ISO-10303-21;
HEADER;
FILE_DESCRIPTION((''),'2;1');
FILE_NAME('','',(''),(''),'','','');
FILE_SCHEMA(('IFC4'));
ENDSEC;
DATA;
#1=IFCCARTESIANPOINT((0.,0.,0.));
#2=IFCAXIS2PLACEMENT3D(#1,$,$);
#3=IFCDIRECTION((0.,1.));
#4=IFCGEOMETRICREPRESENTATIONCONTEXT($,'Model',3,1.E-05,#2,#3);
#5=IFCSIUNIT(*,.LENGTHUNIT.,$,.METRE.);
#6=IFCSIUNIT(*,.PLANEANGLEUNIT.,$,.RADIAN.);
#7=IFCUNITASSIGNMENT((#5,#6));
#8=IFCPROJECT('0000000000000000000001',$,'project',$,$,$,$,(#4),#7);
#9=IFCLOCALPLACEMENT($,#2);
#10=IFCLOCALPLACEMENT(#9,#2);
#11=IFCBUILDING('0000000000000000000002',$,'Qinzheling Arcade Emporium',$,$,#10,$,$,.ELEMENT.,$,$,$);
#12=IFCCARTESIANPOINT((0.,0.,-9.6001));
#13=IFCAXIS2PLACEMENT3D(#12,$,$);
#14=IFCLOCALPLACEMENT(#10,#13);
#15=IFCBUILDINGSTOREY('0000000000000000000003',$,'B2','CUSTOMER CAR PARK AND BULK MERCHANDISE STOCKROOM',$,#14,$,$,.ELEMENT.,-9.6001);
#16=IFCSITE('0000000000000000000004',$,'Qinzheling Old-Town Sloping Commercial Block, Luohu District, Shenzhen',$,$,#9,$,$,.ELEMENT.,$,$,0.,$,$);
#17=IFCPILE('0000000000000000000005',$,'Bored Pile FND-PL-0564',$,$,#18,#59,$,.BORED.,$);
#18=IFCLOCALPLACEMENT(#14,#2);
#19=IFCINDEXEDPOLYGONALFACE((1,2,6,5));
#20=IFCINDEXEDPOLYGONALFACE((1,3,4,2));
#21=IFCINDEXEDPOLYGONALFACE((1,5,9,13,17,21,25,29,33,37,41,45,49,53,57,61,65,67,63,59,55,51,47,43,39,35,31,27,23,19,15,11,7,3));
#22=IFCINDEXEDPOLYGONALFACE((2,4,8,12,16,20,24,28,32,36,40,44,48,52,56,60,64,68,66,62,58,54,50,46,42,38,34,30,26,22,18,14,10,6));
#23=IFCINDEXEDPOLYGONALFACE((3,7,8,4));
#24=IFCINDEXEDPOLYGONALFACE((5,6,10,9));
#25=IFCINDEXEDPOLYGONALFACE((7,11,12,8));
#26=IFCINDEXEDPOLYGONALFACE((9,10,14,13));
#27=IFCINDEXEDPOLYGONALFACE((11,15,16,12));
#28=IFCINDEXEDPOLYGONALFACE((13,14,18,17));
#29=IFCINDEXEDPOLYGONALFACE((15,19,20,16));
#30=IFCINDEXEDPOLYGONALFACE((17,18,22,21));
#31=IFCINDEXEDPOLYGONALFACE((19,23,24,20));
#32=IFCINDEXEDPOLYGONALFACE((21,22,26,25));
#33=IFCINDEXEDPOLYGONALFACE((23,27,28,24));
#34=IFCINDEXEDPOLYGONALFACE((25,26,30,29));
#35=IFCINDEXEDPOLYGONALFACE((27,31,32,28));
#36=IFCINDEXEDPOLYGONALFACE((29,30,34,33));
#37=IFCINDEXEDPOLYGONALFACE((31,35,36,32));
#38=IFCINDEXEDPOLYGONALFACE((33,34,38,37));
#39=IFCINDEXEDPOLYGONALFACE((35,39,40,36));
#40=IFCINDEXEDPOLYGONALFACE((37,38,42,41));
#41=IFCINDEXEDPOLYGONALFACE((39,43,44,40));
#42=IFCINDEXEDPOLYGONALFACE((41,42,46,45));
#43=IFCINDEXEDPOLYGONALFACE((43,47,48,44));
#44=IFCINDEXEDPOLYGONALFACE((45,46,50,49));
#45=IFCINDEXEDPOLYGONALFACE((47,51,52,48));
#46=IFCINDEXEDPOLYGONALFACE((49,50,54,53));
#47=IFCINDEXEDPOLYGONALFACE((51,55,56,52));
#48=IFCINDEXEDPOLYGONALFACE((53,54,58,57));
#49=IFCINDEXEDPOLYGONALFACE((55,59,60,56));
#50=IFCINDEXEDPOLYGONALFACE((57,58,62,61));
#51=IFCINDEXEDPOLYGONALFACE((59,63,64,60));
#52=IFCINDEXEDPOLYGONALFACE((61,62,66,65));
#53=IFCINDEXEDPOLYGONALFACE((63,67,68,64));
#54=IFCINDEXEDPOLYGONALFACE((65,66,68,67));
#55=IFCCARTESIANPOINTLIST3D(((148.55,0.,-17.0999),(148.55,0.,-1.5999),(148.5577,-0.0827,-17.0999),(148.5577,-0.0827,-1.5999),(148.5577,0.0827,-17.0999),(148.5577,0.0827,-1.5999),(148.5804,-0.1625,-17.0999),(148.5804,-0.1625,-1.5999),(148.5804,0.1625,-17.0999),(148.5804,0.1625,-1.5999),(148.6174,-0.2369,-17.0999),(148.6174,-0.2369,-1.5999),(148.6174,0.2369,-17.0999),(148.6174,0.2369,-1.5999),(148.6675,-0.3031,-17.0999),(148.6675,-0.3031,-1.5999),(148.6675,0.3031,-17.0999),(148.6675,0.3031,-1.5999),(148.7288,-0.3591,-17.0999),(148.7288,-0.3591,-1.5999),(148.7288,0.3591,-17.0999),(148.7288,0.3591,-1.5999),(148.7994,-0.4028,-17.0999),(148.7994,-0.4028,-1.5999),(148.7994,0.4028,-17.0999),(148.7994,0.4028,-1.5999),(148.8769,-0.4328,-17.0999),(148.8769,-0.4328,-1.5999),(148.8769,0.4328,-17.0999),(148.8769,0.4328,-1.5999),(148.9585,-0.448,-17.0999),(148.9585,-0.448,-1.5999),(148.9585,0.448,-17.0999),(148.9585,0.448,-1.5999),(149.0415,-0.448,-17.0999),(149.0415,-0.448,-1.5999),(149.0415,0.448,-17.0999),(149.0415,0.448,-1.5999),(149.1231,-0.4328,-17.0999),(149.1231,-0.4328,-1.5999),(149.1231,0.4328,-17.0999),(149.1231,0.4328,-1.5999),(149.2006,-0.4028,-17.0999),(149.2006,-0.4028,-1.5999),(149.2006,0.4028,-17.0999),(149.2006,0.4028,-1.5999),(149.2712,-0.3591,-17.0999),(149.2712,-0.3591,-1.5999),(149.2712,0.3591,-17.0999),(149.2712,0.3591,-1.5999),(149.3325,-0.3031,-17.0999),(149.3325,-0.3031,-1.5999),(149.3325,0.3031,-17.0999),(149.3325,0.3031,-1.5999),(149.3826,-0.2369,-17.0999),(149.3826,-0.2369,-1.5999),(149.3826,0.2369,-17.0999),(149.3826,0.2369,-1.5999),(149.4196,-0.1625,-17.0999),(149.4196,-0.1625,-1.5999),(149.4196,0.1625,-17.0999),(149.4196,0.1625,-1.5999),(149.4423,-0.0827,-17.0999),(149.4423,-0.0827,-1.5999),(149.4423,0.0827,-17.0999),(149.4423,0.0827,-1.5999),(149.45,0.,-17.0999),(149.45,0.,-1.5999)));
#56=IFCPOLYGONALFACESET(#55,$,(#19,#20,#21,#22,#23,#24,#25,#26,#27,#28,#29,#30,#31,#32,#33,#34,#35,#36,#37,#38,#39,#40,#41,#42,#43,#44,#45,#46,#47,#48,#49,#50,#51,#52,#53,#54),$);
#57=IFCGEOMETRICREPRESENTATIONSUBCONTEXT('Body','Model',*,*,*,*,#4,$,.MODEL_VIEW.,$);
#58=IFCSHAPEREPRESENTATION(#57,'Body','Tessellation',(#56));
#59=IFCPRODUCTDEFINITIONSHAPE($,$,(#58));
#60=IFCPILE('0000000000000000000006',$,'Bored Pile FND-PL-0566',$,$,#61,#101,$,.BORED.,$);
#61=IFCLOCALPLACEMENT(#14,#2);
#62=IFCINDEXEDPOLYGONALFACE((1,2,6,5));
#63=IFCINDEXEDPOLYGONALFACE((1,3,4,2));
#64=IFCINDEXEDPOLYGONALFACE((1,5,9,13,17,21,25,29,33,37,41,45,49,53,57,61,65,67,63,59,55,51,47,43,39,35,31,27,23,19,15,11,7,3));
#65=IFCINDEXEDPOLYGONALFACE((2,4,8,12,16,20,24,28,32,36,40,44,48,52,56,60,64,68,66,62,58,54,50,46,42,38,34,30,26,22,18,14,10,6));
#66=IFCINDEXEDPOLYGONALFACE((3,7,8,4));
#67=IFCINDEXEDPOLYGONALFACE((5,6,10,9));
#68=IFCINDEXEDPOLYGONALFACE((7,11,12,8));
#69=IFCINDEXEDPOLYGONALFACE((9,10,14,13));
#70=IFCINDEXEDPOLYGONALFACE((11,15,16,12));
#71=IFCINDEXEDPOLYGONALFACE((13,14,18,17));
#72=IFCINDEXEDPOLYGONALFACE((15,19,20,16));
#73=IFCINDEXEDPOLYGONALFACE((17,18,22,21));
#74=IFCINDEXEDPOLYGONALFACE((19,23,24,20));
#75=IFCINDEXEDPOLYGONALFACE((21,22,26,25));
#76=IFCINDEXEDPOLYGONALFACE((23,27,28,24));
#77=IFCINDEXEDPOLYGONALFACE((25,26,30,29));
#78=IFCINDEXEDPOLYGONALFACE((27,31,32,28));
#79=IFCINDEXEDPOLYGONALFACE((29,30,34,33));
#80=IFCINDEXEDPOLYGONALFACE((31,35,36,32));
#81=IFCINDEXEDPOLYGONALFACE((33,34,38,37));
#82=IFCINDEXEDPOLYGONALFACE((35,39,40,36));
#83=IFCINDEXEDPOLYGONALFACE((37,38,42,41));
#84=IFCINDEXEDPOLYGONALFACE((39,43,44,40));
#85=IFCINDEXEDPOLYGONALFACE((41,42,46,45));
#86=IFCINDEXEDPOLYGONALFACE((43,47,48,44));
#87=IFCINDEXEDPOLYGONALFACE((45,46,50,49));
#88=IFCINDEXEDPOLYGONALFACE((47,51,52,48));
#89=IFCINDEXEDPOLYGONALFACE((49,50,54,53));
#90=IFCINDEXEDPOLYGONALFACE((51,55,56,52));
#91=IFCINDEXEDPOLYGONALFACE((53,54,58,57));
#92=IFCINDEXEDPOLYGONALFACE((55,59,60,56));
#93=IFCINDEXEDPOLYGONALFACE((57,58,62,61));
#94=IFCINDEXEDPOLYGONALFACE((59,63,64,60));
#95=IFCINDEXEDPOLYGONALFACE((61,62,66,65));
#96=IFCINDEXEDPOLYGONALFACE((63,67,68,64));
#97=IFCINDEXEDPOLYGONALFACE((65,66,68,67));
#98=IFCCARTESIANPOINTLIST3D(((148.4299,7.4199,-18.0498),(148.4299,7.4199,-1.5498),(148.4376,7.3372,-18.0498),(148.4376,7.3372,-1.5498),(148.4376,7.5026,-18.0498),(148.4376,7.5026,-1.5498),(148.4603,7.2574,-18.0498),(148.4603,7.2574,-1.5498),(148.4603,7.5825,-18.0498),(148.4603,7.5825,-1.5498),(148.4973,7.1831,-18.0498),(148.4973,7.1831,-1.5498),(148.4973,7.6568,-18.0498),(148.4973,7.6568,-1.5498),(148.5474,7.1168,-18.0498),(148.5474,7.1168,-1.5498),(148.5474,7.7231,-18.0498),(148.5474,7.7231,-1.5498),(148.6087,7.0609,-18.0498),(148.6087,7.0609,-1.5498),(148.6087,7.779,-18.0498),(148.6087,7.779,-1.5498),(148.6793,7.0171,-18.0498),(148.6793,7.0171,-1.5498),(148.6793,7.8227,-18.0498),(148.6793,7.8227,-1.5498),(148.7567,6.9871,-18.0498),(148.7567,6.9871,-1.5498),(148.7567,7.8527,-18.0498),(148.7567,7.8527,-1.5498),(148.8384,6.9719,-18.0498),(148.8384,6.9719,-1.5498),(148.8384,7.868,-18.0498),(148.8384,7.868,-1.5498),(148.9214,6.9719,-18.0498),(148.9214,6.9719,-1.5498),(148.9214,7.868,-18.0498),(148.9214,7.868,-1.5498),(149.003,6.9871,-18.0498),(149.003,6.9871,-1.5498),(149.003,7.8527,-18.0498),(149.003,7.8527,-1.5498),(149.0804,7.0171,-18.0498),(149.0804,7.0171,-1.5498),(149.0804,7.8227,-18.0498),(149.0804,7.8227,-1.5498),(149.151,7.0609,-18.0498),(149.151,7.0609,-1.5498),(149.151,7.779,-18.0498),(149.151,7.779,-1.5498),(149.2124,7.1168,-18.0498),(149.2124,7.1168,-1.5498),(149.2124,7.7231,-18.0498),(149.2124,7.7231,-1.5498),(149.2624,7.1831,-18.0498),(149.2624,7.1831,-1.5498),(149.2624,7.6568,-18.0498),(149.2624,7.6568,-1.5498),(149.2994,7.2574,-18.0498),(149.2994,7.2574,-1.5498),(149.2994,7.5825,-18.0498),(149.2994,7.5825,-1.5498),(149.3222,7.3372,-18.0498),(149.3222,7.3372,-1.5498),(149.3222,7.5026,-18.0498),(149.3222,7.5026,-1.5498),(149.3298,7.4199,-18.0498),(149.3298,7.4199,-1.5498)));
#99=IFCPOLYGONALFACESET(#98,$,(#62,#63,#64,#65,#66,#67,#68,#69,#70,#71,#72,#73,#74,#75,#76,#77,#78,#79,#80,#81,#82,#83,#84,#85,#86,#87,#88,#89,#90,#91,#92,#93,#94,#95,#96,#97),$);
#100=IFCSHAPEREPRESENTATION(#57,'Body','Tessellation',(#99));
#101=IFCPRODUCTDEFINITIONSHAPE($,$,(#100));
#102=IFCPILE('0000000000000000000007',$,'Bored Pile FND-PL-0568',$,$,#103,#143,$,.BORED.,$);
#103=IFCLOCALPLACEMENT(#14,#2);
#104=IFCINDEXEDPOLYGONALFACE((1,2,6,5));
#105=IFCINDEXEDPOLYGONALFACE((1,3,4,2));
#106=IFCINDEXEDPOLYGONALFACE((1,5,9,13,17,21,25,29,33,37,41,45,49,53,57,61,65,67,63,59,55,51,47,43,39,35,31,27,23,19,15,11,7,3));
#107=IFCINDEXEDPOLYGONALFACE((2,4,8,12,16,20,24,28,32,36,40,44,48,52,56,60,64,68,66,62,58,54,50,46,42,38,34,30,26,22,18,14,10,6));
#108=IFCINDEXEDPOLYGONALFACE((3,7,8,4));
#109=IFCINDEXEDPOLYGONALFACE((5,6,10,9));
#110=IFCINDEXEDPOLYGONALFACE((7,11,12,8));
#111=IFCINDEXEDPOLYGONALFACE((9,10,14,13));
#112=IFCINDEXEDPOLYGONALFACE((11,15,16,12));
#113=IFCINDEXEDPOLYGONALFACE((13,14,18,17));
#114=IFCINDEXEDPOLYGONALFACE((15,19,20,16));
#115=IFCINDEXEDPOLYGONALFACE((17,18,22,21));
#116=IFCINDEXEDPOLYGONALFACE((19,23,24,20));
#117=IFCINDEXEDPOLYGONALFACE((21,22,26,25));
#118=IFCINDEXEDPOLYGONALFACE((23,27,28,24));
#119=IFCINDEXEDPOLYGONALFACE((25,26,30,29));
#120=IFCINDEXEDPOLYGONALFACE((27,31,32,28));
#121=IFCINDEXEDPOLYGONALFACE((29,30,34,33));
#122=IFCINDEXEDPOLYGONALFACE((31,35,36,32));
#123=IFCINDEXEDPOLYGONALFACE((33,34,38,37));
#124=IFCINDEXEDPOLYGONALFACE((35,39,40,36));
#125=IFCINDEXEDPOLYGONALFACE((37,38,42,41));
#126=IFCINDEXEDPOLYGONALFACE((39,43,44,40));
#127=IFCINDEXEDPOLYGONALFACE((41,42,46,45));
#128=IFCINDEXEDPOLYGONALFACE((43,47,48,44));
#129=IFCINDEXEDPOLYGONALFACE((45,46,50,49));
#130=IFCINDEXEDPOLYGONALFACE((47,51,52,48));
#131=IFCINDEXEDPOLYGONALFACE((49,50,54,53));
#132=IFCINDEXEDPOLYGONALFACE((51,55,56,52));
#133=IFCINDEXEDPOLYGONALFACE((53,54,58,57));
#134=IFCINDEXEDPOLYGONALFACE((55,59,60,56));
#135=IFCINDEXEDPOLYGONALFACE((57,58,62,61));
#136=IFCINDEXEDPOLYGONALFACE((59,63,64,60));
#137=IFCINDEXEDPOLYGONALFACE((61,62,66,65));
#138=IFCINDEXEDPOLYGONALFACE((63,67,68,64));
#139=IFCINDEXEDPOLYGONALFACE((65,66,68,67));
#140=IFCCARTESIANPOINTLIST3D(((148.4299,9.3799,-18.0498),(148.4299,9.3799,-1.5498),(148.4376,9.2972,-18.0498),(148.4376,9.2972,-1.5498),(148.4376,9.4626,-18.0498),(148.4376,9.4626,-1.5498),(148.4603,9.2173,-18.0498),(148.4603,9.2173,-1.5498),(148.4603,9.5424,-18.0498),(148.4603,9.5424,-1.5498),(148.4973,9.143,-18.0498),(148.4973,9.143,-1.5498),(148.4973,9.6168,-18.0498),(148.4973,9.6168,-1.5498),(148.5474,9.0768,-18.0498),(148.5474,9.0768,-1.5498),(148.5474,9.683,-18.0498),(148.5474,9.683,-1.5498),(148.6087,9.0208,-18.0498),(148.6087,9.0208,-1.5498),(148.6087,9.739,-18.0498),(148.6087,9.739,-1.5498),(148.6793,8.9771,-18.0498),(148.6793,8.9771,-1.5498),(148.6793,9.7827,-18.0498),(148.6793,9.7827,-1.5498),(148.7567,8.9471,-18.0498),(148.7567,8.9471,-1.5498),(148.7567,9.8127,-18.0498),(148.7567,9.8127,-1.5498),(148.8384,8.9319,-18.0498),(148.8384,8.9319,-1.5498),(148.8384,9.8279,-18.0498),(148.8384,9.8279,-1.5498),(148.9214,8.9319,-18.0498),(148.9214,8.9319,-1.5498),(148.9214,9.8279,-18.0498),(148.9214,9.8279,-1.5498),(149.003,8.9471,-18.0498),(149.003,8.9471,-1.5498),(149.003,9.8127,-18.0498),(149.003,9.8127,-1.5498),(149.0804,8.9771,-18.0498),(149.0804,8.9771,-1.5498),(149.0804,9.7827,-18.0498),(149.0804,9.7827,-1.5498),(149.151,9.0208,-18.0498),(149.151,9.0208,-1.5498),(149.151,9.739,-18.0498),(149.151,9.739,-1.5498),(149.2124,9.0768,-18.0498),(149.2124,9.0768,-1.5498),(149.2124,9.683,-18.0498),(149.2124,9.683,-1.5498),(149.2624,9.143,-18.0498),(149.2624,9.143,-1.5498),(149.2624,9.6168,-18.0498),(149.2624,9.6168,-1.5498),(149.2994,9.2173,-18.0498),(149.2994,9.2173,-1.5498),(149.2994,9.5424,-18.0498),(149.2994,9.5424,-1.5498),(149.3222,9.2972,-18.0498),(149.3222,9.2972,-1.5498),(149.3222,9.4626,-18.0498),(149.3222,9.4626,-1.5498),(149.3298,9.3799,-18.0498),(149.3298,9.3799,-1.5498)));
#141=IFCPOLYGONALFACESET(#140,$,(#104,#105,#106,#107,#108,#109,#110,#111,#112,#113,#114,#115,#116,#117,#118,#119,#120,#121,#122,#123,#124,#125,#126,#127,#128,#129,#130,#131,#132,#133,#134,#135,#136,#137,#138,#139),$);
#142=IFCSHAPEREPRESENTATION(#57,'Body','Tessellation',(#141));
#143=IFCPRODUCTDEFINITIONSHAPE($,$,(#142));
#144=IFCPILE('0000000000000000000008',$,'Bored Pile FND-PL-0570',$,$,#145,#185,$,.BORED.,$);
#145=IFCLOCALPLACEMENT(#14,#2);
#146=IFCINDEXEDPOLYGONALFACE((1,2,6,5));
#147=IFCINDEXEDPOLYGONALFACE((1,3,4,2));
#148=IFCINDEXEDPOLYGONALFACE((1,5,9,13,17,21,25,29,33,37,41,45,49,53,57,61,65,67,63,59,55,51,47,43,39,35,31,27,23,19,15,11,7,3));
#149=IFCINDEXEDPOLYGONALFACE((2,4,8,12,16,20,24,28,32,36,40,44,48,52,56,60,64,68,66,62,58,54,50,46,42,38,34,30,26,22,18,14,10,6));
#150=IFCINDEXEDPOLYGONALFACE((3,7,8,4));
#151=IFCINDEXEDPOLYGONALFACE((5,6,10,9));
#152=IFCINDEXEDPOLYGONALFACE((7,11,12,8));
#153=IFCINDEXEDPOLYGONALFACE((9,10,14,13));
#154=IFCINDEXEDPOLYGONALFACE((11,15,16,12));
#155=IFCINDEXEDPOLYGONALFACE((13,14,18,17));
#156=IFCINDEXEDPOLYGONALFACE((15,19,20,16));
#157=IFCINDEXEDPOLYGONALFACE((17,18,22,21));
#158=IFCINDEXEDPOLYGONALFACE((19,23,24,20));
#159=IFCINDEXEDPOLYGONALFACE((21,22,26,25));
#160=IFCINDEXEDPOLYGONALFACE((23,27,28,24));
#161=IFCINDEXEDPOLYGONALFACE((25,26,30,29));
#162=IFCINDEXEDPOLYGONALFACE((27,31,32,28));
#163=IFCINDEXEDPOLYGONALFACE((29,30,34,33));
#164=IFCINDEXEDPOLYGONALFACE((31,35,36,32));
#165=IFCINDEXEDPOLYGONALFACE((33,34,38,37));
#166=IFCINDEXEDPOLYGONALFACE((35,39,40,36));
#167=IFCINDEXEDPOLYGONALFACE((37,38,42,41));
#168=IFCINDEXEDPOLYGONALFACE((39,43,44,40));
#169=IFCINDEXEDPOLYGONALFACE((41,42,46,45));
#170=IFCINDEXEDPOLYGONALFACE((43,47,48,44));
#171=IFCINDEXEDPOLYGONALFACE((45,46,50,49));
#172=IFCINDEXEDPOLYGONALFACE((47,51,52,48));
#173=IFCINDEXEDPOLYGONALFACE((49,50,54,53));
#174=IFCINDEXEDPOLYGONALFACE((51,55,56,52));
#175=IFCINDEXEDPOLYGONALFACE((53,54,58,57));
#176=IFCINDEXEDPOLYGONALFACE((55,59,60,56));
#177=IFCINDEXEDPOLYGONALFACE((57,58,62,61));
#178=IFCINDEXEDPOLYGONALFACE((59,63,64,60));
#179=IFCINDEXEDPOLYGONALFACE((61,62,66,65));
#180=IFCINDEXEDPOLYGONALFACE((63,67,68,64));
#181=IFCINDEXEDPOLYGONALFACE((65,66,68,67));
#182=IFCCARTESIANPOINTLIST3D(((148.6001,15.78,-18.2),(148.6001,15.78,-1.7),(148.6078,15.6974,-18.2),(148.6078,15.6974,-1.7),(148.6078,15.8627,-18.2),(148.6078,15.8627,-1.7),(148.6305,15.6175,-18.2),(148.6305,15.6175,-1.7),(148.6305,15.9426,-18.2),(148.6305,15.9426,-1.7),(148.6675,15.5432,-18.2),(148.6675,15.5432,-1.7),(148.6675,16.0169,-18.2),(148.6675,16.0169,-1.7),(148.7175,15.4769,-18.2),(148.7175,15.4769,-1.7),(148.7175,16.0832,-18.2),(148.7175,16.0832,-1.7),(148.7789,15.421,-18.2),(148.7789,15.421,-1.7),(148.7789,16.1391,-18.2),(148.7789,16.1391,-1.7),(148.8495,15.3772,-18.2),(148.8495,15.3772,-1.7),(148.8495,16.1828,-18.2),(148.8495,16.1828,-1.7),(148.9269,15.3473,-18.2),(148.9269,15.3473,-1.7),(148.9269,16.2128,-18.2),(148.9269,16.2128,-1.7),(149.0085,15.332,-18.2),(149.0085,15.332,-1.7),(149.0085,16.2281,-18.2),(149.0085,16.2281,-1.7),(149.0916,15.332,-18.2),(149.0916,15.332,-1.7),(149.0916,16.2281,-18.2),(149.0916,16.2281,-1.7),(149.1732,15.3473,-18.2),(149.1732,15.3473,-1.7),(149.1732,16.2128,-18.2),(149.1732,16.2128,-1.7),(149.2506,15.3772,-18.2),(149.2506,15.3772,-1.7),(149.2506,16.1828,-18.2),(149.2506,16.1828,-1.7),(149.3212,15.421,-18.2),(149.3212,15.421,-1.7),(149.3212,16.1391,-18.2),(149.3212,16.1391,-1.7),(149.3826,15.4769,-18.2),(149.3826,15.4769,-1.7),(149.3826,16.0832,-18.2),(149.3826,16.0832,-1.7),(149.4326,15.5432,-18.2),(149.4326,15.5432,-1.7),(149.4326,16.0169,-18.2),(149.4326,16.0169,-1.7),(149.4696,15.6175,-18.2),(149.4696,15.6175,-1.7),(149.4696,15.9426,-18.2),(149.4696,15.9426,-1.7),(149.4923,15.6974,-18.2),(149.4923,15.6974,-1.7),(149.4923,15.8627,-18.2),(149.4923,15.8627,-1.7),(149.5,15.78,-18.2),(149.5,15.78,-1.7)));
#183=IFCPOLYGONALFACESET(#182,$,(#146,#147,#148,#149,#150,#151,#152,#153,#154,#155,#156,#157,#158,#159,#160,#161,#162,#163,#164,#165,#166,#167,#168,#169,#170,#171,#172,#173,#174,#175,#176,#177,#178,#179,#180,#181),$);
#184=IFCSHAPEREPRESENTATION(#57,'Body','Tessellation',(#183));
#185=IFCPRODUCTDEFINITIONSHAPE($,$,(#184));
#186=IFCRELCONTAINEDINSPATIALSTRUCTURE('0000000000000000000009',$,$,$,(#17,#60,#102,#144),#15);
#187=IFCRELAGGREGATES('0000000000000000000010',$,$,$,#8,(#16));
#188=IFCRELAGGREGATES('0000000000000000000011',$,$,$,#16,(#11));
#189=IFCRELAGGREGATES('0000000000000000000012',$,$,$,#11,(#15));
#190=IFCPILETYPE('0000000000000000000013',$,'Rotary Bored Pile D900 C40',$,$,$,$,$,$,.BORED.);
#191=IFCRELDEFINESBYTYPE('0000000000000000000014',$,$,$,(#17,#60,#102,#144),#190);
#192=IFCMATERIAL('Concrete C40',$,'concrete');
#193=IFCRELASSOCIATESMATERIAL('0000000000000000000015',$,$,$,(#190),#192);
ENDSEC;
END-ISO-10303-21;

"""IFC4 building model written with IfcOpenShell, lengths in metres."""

from ifc_helpers import new_model, si_unit, direction, frame, origin, origin_2d, place, context, subcontext, project, spatial, circle, extrude, material, material_profile, profile_set, type_object, element, save


model = new_model("IFC4")

# Units and contexts
model_context = context("Model", 3, precision=1e-05, world=origin(), true_north=direction((0.0, 1.0)))
body_context = subcontext(model_context, "Body", "Model", "MODEL_VIEW")
ifc_project = project(units=[si_unit("LENGTHUNIT", "METRE"), si_unit("PLANEANGLEUNIT", "RADIAN")], contexts=[model_context])

# Site, building, storey
site_placement = place(None, origin())
site = spatial("IfcSite", under=ifc_project, at=site_placement, Name="Qinzheling Old-Town Sloping Commercial Block, Luohu District, Shenzhen", CompositionType="ELEMENT", RefElevation=0.0)
building_placement = place(site_placement, origin())
building = spatial("IfcBuilding", under=site, at=building_placement, Name="Qinzheling Arcade Emporium", CompositionType="ELEMENT")
storey_placement = place(building_placement, frame((0.0, 0.0, -9.6001)))
storey = spatial("IfcBuildingStorey", under=building, at=storey_placement, Name="B2", Description="CUSTOMER CAR PARK AND BULK MERCHANDISE STOCKROOM", CompositionType="ELEMENT", Elevation=-9.6001)

# Shared definitions
ifc_material_1 = material(Name="Concrete C40", Category="concrete")

# Piles
ifc_material_profile_1 = material_profile(ifc_material_1, circle(Radius=0.45, at=origin_2d()), Name="BORED D900", Category="concrete")
ifc_profile_set_1 = profile_set([ifc_material_profile_1], Name="Concrete C40")
pile_type = type_object("IfcPileType", Name="Rotary Bored Pile D900 C40", PredefinedType="BORED", material=ifc_profile_set_1)
pile_placement = place(storey_placement, frame((149.0, 0.0, -1.5999), z_axis=(0.0, 0.0, -1.0), x_axis=(1.0, 0.0, 0.0)))
element("IfcPile", 1, at=pile_placement, inside=storey, type_object=pile_type, Name="Bored Pile FND-PL-0564", PredefinedType="BORED", context=body_context, shape_type="SweptSolid", body=[
    extrude(circle(Radius=0.45, at=origin_2d()), origin(), (0.0, 0.0, 1.0), 15.5),
])
for number, where, z_axis, x_axis, name in (
    (2, (148.8799, 7.4199, -1.5498), (0.0, 0.0, -1.0), (1.0, 0.0, 0.0), "Bored Pile FND-PL-0566"),
    (3, (148.8799, 9.3799, -1.5498), (0.0, 0.0, -1.0), (1.0, 0.0, 0.0), "Bored Pile FND-PL-0568"),
    (4, (149.05, 15.78, -1.7), (0.0, 0.0, -1.0), (1.0, 0.0, 0.0), "Bored Pile FND-PL-0570"),
):
    element("IfcPile", number, at=place(storey_placement, frame(where, z_axis=z_axis, x_axis=x_axis)), inside=storey, type_object=pile_type, Name=name, PredefinedType="BORED", context=body_context, shape_type="SweptSolid", body=[
        extrude(circle(Radius=0.45, at=origin_2d()), origin(), (0.0, 0.0, 1.0), 16.5),
    ])

save(model, "model.ifc")
